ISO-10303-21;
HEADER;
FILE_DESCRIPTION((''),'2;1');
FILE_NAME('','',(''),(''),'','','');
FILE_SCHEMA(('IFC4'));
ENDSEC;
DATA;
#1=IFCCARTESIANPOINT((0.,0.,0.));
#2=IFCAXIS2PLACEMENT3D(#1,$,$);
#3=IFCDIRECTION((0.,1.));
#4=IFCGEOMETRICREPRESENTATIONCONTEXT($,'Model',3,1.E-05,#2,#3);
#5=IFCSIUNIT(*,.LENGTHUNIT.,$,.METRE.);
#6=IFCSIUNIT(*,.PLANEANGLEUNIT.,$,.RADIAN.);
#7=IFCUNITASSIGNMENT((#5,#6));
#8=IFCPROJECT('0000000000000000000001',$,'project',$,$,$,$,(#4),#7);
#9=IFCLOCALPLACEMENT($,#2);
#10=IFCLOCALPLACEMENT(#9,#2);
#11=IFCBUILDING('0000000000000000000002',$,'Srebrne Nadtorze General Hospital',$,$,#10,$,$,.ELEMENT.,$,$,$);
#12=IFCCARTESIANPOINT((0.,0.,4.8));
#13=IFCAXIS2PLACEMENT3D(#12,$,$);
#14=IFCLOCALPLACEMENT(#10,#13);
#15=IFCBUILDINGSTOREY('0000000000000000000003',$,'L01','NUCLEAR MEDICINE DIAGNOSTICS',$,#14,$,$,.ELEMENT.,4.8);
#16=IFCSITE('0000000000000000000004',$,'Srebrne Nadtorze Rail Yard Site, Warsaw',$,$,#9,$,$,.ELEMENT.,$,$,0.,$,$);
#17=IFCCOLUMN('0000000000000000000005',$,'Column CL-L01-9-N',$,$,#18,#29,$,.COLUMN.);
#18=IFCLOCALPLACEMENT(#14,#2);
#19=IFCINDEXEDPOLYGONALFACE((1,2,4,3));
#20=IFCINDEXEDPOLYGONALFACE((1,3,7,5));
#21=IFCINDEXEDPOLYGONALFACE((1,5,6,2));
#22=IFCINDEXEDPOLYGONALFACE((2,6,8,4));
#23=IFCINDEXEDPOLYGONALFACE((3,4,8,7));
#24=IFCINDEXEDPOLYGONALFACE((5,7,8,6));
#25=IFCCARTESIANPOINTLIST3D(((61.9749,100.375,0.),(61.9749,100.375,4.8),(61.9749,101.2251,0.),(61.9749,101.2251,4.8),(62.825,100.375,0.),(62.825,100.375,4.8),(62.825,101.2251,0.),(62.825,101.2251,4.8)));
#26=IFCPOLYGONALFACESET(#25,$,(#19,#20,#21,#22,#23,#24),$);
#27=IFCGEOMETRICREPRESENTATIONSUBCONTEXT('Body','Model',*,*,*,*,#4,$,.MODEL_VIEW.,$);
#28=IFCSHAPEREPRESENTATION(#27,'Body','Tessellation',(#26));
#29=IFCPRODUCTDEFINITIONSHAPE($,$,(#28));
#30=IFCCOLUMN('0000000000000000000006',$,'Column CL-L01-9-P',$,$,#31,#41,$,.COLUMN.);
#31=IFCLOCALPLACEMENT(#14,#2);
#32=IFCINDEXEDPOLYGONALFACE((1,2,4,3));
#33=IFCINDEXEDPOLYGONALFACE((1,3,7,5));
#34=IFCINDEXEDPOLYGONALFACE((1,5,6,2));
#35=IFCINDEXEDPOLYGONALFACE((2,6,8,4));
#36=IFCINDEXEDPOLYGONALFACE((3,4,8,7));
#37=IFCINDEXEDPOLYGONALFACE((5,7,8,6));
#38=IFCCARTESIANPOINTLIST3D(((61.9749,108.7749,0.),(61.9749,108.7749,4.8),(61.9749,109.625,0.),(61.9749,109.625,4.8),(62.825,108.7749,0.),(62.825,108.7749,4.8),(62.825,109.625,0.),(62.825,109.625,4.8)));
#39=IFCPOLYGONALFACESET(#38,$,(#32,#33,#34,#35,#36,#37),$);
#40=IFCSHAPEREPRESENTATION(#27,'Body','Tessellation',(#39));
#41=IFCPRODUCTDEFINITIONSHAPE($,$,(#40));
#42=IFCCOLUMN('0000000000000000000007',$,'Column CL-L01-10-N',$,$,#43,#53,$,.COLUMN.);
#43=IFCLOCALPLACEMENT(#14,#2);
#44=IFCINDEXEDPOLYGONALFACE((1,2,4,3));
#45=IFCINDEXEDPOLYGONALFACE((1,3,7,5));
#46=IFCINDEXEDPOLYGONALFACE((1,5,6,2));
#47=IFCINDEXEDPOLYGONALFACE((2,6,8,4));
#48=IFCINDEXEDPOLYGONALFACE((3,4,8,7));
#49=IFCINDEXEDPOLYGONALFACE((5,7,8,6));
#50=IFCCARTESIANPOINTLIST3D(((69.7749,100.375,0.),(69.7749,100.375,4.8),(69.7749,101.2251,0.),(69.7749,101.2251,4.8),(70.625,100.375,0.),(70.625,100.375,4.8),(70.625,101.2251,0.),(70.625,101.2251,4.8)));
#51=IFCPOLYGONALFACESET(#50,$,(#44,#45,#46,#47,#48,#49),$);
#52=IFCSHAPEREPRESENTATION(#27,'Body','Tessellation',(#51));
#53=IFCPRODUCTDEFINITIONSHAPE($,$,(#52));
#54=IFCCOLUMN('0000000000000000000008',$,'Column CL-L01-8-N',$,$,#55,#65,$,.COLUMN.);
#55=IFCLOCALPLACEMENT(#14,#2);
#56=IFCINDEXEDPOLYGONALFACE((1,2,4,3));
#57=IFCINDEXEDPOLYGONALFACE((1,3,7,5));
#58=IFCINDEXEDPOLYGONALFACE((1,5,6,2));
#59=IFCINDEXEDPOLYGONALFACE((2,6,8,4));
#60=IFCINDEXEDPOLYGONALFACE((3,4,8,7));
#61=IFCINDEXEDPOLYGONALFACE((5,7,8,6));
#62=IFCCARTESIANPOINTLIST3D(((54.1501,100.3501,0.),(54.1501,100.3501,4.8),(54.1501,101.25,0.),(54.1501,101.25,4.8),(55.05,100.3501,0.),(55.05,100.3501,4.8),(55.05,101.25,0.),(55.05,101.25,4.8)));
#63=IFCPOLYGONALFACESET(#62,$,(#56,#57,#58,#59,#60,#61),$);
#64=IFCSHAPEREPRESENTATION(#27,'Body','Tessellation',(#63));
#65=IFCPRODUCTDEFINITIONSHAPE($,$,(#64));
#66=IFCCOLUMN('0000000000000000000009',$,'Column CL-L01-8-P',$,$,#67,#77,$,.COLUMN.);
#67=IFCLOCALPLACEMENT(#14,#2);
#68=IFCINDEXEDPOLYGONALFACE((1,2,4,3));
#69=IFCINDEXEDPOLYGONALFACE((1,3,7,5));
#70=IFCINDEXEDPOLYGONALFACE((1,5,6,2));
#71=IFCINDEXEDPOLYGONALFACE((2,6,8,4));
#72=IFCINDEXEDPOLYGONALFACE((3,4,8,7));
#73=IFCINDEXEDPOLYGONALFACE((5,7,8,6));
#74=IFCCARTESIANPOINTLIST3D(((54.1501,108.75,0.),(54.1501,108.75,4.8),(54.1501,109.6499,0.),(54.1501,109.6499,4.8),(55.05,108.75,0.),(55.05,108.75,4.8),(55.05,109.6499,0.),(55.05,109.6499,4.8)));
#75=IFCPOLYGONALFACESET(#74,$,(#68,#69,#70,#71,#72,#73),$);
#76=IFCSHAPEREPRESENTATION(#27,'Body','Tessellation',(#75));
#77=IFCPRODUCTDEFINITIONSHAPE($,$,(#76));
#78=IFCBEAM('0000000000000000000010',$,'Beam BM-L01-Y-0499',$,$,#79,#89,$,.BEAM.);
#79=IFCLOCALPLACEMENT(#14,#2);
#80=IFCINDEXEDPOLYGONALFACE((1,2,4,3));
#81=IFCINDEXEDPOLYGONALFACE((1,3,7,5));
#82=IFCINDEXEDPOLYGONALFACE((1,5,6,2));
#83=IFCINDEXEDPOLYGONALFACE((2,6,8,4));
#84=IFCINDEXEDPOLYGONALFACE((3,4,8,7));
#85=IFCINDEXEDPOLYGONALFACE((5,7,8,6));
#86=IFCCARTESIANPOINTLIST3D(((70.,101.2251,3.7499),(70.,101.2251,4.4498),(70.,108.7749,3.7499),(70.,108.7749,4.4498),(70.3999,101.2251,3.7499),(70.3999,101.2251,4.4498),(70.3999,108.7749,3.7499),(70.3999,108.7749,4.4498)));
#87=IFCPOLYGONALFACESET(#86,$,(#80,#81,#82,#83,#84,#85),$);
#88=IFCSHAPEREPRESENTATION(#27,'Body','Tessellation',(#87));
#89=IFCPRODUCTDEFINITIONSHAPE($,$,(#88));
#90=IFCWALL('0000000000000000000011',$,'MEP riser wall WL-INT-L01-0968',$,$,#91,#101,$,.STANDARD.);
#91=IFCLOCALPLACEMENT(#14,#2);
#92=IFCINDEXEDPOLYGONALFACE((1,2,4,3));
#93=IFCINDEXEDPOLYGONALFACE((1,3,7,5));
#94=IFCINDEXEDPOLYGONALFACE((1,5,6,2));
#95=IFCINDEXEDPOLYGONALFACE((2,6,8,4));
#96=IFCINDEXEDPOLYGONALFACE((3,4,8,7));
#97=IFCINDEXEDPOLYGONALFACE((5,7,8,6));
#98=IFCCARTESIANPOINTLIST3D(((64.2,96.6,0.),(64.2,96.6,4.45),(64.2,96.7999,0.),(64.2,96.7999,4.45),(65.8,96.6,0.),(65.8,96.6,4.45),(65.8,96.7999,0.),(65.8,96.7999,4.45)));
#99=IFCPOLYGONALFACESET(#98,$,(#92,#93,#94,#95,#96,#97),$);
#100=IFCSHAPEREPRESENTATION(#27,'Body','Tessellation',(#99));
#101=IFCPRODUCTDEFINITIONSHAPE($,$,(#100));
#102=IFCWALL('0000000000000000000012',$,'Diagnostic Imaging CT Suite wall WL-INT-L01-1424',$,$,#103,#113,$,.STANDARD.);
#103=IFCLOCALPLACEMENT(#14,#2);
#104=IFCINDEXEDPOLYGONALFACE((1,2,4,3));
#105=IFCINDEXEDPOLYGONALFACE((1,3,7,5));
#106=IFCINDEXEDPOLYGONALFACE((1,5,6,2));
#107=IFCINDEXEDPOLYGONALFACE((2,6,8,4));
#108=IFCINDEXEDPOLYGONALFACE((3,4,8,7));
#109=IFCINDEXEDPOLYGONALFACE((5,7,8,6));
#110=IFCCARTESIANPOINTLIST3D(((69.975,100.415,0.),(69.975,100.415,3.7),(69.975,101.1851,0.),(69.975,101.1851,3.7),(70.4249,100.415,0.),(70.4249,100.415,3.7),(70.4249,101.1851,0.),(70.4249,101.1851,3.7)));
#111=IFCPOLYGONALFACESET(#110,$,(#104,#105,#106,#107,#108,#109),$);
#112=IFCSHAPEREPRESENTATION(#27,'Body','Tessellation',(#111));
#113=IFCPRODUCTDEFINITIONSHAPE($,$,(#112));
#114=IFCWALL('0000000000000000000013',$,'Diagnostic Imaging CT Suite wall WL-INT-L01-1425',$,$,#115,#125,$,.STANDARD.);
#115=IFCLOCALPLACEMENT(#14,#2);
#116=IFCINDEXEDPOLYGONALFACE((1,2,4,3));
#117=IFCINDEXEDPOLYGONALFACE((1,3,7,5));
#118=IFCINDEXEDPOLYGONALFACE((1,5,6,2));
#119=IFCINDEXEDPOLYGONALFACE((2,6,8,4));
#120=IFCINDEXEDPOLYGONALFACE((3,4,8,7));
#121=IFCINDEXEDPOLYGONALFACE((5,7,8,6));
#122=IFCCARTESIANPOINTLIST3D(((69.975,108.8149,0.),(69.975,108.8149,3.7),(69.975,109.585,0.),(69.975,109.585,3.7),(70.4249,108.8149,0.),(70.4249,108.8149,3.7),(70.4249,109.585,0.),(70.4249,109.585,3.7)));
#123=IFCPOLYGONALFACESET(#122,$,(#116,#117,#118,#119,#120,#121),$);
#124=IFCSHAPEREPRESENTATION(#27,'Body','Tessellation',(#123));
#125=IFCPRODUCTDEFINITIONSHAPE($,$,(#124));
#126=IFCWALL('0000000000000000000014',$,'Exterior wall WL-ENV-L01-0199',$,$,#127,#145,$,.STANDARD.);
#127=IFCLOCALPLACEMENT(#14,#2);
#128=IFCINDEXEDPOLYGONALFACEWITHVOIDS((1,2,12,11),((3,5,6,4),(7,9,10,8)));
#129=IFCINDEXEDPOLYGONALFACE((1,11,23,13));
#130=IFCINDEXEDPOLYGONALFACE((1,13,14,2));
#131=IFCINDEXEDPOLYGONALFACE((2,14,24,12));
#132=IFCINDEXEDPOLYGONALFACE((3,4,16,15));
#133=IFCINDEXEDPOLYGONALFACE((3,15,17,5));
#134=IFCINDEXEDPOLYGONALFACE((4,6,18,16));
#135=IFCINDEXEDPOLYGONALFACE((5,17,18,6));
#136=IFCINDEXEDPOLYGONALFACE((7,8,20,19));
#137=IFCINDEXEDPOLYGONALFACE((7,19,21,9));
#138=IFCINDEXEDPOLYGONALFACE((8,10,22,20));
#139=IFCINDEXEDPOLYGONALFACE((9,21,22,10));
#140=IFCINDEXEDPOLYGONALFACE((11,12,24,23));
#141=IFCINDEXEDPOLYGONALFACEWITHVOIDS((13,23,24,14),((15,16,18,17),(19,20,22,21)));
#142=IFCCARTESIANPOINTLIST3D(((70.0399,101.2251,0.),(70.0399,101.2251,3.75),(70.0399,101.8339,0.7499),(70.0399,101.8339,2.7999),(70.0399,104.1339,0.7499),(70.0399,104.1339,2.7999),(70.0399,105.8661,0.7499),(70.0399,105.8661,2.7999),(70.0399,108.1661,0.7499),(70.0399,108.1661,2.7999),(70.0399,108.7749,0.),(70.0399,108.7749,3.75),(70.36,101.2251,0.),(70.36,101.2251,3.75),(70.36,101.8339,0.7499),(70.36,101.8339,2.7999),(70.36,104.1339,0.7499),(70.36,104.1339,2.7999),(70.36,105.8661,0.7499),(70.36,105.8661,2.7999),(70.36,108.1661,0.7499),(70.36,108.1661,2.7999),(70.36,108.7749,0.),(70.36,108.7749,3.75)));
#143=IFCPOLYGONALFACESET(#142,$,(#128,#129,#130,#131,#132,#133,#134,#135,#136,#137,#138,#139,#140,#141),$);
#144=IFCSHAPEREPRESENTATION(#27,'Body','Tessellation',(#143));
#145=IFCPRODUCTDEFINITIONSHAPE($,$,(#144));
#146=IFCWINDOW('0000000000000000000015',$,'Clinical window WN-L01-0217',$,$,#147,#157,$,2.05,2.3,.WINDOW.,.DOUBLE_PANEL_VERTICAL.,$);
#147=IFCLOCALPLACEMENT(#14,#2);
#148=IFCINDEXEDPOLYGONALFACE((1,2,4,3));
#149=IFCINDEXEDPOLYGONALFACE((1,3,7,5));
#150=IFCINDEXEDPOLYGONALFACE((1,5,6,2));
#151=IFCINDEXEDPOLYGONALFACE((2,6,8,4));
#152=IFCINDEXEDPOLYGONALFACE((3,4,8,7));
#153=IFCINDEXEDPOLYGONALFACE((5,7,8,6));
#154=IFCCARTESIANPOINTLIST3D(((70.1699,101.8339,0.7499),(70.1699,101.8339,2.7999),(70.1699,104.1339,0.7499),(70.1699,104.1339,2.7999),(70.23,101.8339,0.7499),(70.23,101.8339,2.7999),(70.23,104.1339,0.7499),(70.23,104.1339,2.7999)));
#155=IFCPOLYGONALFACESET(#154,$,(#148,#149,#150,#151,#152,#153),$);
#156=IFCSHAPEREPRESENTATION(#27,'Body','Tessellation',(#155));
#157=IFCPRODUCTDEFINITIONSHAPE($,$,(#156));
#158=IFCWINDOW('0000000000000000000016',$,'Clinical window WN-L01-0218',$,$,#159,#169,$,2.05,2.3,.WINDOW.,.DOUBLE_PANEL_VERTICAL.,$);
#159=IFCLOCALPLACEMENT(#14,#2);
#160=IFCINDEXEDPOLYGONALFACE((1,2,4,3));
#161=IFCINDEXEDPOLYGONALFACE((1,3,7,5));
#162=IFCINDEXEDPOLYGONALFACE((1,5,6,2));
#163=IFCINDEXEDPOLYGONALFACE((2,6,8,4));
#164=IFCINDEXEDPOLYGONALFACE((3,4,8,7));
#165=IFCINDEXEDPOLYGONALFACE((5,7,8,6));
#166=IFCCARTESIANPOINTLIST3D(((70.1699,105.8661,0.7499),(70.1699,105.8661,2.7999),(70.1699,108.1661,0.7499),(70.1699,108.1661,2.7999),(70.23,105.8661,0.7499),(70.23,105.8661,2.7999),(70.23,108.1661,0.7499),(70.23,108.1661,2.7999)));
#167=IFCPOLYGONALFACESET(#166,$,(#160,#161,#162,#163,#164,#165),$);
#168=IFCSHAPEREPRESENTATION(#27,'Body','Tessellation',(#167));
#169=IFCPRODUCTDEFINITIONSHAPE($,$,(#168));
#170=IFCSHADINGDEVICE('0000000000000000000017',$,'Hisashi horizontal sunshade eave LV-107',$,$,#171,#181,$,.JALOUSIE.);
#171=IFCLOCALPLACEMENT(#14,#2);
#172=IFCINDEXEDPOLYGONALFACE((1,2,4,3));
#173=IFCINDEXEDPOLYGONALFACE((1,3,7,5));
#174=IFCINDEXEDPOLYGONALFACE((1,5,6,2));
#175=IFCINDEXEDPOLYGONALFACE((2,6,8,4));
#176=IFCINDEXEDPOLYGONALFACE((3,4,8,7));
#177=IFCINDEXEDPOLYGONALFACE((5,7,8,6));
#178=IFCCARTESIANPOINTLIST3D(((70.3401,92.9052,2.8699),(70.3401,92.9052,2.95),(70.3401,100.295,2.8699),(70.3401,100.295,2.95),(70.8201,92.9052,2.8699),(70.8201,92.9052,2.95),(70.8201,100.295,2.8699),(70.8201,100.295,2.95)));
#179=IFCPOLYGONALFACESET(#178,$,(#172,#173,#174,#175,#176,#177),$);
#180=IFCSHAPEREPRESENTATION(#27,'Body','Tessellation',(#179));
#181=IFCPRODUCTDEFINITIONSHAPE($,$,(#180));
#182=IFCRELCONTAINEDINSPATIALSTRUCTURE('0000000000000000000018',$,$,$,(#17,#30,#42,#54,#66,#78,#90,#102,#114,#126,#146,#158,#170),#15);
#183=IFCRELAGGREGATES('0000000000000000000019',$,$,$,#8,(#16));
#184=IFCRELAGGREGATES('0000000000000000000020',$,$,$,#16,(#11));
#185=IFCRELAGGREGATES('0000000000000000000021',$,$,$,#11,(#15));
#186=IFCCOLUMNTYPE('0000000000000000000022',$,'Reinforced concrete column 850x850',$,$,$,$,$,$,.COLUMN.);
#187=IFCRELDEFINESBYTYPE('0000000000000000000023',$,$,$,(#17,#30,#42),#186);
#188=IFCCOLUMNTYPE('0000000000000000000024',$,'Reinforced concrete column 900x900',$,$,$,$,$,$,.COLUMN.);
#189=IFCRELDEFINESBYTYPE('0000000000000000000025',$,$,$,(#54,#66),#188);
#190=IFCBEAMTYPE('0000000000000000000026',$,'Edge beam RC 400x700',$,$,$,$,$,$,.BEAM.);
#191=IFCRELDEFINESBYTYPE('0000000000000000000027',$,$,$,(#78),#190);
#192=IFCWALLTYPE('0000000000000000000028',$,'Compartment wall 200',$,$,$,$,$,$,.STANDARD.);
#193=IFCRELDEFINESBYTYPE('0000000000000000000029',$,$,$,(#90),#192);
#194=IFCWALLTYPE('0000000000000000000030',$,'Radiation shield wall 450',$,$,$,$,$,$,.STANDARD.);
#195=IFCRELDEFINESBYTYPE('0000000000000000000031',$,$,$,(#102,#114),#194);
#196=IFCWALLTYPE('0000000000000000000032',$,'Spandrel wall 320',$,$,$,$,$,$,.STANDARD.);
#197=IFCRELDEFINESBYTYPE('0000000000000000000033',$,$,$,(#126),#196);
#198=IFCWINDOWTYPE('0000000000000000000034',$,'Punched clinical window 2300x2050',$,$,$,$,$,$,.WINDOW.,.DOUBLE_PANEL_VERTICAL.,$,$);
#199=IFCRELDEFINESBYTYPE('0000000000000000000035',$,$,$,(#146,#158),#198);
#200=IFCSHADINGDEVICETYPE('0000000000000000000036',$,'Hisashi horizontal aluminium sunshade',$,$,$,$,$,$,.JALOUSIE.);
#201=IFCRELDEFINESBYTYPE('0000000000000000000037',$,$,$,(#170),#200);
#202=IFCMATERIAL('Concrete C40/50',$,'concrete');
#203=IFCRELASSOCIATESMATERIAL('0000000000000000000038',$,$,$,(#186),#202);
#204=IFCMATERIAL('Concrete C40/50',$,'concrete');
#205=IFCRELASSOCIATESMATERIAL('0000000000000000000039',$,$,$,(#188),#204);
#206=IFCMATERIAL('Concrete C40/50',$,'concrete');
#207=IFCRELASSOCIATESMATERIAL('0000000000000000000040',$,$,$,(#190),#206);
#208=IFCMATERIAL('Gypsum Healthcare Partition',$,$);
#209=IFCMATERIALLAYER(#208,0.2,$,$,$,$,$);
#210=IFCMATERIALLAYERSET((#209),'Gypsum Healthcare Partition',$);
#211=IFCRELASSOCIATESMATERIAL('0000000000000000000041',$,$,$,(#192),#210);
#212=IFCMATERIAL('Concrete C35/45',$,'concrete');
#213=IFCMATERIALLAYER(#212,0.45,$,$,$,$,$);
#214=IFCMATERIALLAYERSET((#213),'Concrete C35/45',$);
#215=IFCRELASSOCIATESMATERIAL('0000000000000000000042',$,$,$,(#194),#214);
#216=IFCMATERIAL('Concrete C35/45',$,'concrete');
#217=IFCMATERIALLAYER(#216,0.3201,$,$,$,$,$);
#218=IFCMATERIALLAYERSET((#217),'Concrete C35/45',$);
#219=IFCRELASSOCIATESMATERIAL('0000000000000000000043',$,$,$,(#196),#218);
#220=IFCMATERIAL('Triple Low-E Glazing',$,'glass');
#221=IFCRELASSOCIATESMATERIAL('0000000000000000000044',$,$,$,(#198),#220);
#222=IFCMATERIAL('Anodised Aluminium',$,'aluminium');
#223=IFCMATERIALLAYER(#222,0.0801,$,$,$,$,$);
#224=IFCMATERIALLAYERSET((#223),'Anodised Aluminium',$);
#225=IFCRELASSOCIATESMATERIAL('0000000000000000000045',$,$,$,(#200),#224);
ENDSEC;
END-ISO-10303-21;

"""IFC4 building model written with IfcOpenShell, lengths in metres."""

from ifc_helpers import new_model, si_unit, direction, frame, frame_2d, origin, origin_2d, place, context, subcontext, project, spatial, rectangle, extrude, material, layer, layer_set, material_profile, profile_set, type_object, element, fill, save


model = new_model("IFC4")

# Units and contexts
model_context = context("Model", 3, precision=1e-05, world=origin(), true_north=direction((0.0, 1.0)))
body_context = subcontext(model_context, "Body", "Model", "MODEL_VIEW")
ifc_project = project(units=[si_unit("LENGTHUNIT", "METRE"), si_unit("PLANEANGLEUNIT", "RADIAN")], contexts=[model_context])

# Site, building, storey
site_placement = place(None, origin())
site = spatial("IfcSite", under=ifc_project, at=site_placement, Name="Srebrne Nadtorze Rail Yard Site, Warsaw", CompositionType="ELEMENT", RefElevation=0.0)
building_placement = place(site_placement, origin())
building = spatial("IfcBuilding", under=site, at=building_placement, Name="Srebrne Nadtorze General Hospital", CompositionType="ELEMENT")
storey_placement = place(building_placement, frame((0.0, 0.0, 4.8)))
storey = spatial("IfcBuildingStorey", under=building, at=storey_placement, Name="L01", Description="NUCLEAR MEDICINE DIAGNOSTICS", CompositionType="ELEMENT", Elevation=4.8)

# Columns
ifc_material_1 = material(Name="Concrete C40/50", Category="concrete")
ifc_material_profile_1 = material_profile(ifc_material_1, rectangle(XDim=0.8501, YDim=0.8501, at=origin_2d()), Name="RC-COL-850x850")
ifc_profile_set_1 = profile_set([ifc_material_profile_1], Name="Concrete C40/50")
column_type_1 = type_object("IfcColumnType", Name="Reinforced concrete column 850x850", PredefinedType="COLUMN", material=ifc_profile_set_1)
for number, where, z_axis, x_axis, name in (
    (1, (62.3999, 100.8, 0.0), (0.0, 0.0, 1.0), (1.0, 0.0, 0.0), "Column CL-L01-9-N"),
    (2, (62.3999, 109.2, 0.0), (0.0, 0.0, 1.0), (1.0, 0.0, 0.0), "Column CL-L01-9-P"),
    (3, (70.2, 100.8, 0.0), (0.0, 0.0, 1.0), (1.0, 0.0, 0.0), "Column CL-L01-10-N"),
):
    element("IfcColumn", number, at=place(storey_placement, frame(where, z_axis=z_axis, x_axis=x_axis)), inside=storey, type_object=column_type_1, Name=name, PredefinedType="COLUMN", context=body_context, shape_type="SweptSolid", body=[
        extrude(rectangle(XDim=0.8501, YDim=0.8501, at=origin_2d()), origin(), (0.0, 0.0, 1.0), 4.8),
    ])
ifc_material_2 = material(Name="Concrete C40/50", Category="concrete")
ifc_material_profile_2 = material_profile(ifc_material_2, rectangle(XDim=0.8999, YDim=0.8999, at=origin_2d()), Name="RC-COL-900x900")
ifc_profile_set_2 = profile_set([ifc_material_profile_2], Name="Concrete C40/50")
column_type_2 = type_object("IfcColumnType", Name="Reinforced concrete column 900x900", PredefinedType="COLUMN", material=ifc_profile_set_2)
for number, where, z_axis, x_axis, name in (
    (4, (54.6001, 100.8, 0.0), (0.0, 0.0, 1.0), (1.0, 0.0, 0.0), "Column CL-L01-8-N"),
    (5, (54.6001, 109.2, 0.0), (0.0, 0.0, 1.0), (1.0, 0.0, 0.0), "Column CL-L01-8-P"),
):
    element("IfcColumn", number, at=place(storey_placement, frame(where, z_axis=z_axis, x_axis=x_axis)), inside=storey, type_object=column_type_2, Name=name, PredefinedType="COLUMN", context=body_context, shape_type="SweptSolid", body=[
        extrude(rectangle(XDim=0.8999, YDim=0.8999, at=origin_2d()), origin(), (0.0, 0.0, 1.0), 4.8),
    ])

# Beam
ifc_material_3 = material(Name="Concrete C40/50", Category="concrete")
ifc_material_profile_3 = material_profile(ifc_material_3, rectangle(XDim=0.3999, YDim=0.7, at=origin_2d()), Name="RC-BM-400x700")
ifc_profile_set_3 = profile_set([ifc_material_profile_3], Name="Concrete C40/50")
beam_type = type_object("IfcBeamType", Name="Edge beam RC 400x700", PredefinedType="BEAM", material=ifc_profile_set_3)
beam_placement = place(storey_placement, frame((70.2, 101.2251, 4.0999), z_axis=(0.0, 1.0, 0.0), x_axis=(-1.0, 0.0, 0.0)))
element("IfcBeam", 6, at=beam_placement, inside=storey, type_object=beam_type, Name="Beam BM-L01-Y-0499", PredefinedType="BEAM", context=body_context, shape_type="SweptSolid", body=[
    extrude(rectangle(XDim=0.3999, YDim=0.7, at=origin_2d()), origin(), (0.0, 0.0, 1.0), 7.5498),
])

# Walls
ifc_material_4 = material(Name="Gypsum Healthcare Partition")
ifc_layer_1 = layer(ifc_material_4, 0.2)
ifc_layer_set_1 = layer_set([ifc_layer_1], Name="Gypsum Healthcare Partition")
wall_type_1 = type_object("IfcWallType", Name="Compartment wall 200", PredefinedType="STANDARD", material=ifc_layer_set_1)
wall_1_placement = place(storey_placement, frame((64.2, 96.7, 0.0), z_axis=(0.0, 0.0, 1.0), x_axis=(1.0, 0.0, 0.0)))
element("IfcWall", 7, at=wall_1_placement, inside=storey, type_object=wall_type_1, Name="MEP riser wall WL-INT-L01-0968", PredefinedType="STANDARD", context=body_context, shape_type="SweptSolid", body=[
    extrude(rectangle(XDim=1.6001, YDim=0.2, at=frame_2d((0.8, 0.0))), origin(), (0.0, 0.0, 1.0), 4.45),
])
ifc_material_5 = material(Name="Concrete C35/45", Category="concrete")
ifc_layer_2 = layer(ifc_material_5, 0.45)
ifc_layer_set_2 = layer_set([ifc_layer_2], Name="Concrete C35/45")
wall_type_2 = type_object("IfcWallType", Name="Radiation shield wall 450", PredefinedType="STANDARD", material=ifc_layer_set_2)
for number, where, z_axis, x_axis, name in (
    (8, (70.2, 100.415, 0.0), (0.0, 0.0, 1.0), (0.0, 1.0, 0.0), "Diagnostic Imaging CT Suite wall WL-INT-L01-1424"),
    (9, (70.2, 108.8149, 0.0), (0.0, 0.0, 1.0), (0.0, 1.0, 0.0), "Diagnostic Imaging CT Suite wall WL-INT-L01-1425"),
):
    element("IfcWall", number, at=place(storey_placement, frame(where, z_axis=z_axis, x_axis=x_axis)), inside=storey, type_object=wall_type_2, Name=name, PredefinedType="STANDARD", context=body_context, shape_type="SweptSolid", body=[
        extrude(rectangle(XDim=0.77, YDim=0.45, at=frame_2d((0.385, 0.0))), origin(), (0.0, 0.0, 1.0), 3.7),
    ])

# Wall, openings, windows
ifc_material_6 = material(Name="Concrete C35/45", Category="concrete")
ifc_layer_3 = layer(ifc_material_6, 0.3201)
ifc_layer_set_3 = layer_set([ifc_layer_3], Name="Concrete C35/45")
wall_type_3 = type_object("IfcWallType", Name="Spandrel wall 320", PredefinedType="STANDARD", material=ifc_layer_set_3)
wall_2_placement = place(storey_placement, frame((70.2, 101.2251, 0.0), z_axis=(0.0, 0.0, 1.0), x_axis=(0.0, 1.0, 0.0)))
wall_2 = element("IfcWall", 10, at=wall_2_placement, inside=storey, type_object=wall_type_3, Name="Exterior wall WL-ENV-L01-0199", PredefinedType="STANDARD", context=body_context, shape_type="SweptSolid", body=[
    extrude(rectangle(XDim=7.5498, YDim=0.3201, at=frame_2d((3.7749, 0.0))), origin(), (0.0, 0.0, 1.0), 3.75),
])
opening_1_placement = place(wall_2_placement, frame((0.6089, 0.0, 0.75)))
opening_1 = element("IfcOpeningElement", 11, at=opening_1_placement, cuts=wall_2, PredefinedType="OPENING", context=body_context, shape_type="SweptSolid", body=[
    extrude(rectangle(XDim=2.3, YDim=2.05, at=frame_2d((1.1499, 1.0249))), frame((0.0, 0.1719, 0.0), z_axis=(0.0, -1.0, 0.0), x_axis=(1.0, 0.0, 0.0)), (0.0, 0.0, 1.0), 0.344),
])
opening_2_placement = place(wall_2_placement, frame((4.6411, 0.0, 0.75)))
opening_2 = element("IfcOpeningElement", 12, at=opening_2_placement, cuts=wall_2, PredefinedType="OPENING", context=body_context, shape_type="SweptSolid", body=[
    extrude(rectangle(XDim=2.3, YDim=2.05, at=frame_2d((1.1499, 1.0249))), frame((0.0, 0.1719, 0.0), z_axis=(0.0, -1.0, 0.0), x_axis=(1.0, 0.0, 0.0)), (0.0, 0.0, 1.0), 0.344),
])
ifc_material_7 = material(Name="Triple Low-E Glazing", Category="glass")
window_type = type_object("IfcWindowType", Name="Punched clinical window 2300x2050", PartitioningType="DOUBLE_PANEL_VERTICAL", PredefinedType="WINDOW", material=ifc_material_7)
window_1_placement = place(opening_1_placement, origin())
window_1 = element("IfcWindow", 13, at=window_1_placement, inside=storey, type_object=window_type, Name="Clinical window WN-L01-0217", OverallHeight=2.05, OverallWidth=2.3, PartitioningType="DOUBLE_PANEL_VERTICAL", PredefinedType="WINDOW", context=body_context, shape_type="SweptSolid", body=[
    extrude(rectangle(XDim=2.3, YDim=2.05, at=frame_2d((1.1499, 1.0249))), frame((0.0, 0.03, 0.0), z_axis=(0.0, -1.0, 0.0), x_axis=(1.0, 0.0, 0.0)), (0.0, 0.0, 1.0), 0.0601),
])
fill(opening_1, window_1)
window_2_placement = place(opening_2_placement, origin())
window_2 = element("IfcWindow", 14, at=window_2_placement, inside=storey, type_object=window_type, Name="Clinical window WN-L01-0218", OverallHeight=2.05, OverallWidth=2.3, PartitioningType="DOUBLE_PANEL_VERTICAL", PredefinedType="WINDOW", context=body_context, shape_type="SweptSolid", body=[
    extrude(rectangle(XDim=2.3, YDim=2.05, at=frame_2d((1.1499, 1.0249))), frame((0.0, 0.03, 0.0), z_axis=(0.0, -1.0, 0.0), x_axis=(1.0, 0.0, 0.0)), (0.0, 0.0, 1.0), 0.0601),
])
fill(opening_2, window_2)

# Shading device
ifc_material_8 = material(Name="Anodised Aluminium", Category="aluminium")
ifc_layer_4 = layer(ifc_material_8, 0.0801)
ifc_layer_set_4 = layer_set([ifc_layer_4], Name="Anodised Aluminium")
shading_device_type = type_object("IfcShadingDeviceType", Name="Hisashi horizontal aluminium sunshade", PredefinedType="JALOUSIE", material=ifc_layer_set_4)
for number, where, z_axis, x_axis, name in (
    (15, (70.5801, 96.6001, 2.8699), (0.0, 0.0, 1.0), (1.0, 0.0, 0.0), "Hisashi horizontal sunshade eave LV-107"),
):
    element("IfcShadingDevice", number, at=place(storey_placement, frame(where, z_axis=z_axis, x_axis=x_axis)), inside=storey, type_object=shading_device_type, Name=name, PredefinedType="JALOUSIE", context=body_context, shape_type="SweptSolid", body=[
        extrude(rectangle(XDim=0.48, YDim=7.3899, at=origin_2d()), origin(), (0.0, 0.0, 1.0), 0.0801),
    ])

save(model, "model.ifc")
